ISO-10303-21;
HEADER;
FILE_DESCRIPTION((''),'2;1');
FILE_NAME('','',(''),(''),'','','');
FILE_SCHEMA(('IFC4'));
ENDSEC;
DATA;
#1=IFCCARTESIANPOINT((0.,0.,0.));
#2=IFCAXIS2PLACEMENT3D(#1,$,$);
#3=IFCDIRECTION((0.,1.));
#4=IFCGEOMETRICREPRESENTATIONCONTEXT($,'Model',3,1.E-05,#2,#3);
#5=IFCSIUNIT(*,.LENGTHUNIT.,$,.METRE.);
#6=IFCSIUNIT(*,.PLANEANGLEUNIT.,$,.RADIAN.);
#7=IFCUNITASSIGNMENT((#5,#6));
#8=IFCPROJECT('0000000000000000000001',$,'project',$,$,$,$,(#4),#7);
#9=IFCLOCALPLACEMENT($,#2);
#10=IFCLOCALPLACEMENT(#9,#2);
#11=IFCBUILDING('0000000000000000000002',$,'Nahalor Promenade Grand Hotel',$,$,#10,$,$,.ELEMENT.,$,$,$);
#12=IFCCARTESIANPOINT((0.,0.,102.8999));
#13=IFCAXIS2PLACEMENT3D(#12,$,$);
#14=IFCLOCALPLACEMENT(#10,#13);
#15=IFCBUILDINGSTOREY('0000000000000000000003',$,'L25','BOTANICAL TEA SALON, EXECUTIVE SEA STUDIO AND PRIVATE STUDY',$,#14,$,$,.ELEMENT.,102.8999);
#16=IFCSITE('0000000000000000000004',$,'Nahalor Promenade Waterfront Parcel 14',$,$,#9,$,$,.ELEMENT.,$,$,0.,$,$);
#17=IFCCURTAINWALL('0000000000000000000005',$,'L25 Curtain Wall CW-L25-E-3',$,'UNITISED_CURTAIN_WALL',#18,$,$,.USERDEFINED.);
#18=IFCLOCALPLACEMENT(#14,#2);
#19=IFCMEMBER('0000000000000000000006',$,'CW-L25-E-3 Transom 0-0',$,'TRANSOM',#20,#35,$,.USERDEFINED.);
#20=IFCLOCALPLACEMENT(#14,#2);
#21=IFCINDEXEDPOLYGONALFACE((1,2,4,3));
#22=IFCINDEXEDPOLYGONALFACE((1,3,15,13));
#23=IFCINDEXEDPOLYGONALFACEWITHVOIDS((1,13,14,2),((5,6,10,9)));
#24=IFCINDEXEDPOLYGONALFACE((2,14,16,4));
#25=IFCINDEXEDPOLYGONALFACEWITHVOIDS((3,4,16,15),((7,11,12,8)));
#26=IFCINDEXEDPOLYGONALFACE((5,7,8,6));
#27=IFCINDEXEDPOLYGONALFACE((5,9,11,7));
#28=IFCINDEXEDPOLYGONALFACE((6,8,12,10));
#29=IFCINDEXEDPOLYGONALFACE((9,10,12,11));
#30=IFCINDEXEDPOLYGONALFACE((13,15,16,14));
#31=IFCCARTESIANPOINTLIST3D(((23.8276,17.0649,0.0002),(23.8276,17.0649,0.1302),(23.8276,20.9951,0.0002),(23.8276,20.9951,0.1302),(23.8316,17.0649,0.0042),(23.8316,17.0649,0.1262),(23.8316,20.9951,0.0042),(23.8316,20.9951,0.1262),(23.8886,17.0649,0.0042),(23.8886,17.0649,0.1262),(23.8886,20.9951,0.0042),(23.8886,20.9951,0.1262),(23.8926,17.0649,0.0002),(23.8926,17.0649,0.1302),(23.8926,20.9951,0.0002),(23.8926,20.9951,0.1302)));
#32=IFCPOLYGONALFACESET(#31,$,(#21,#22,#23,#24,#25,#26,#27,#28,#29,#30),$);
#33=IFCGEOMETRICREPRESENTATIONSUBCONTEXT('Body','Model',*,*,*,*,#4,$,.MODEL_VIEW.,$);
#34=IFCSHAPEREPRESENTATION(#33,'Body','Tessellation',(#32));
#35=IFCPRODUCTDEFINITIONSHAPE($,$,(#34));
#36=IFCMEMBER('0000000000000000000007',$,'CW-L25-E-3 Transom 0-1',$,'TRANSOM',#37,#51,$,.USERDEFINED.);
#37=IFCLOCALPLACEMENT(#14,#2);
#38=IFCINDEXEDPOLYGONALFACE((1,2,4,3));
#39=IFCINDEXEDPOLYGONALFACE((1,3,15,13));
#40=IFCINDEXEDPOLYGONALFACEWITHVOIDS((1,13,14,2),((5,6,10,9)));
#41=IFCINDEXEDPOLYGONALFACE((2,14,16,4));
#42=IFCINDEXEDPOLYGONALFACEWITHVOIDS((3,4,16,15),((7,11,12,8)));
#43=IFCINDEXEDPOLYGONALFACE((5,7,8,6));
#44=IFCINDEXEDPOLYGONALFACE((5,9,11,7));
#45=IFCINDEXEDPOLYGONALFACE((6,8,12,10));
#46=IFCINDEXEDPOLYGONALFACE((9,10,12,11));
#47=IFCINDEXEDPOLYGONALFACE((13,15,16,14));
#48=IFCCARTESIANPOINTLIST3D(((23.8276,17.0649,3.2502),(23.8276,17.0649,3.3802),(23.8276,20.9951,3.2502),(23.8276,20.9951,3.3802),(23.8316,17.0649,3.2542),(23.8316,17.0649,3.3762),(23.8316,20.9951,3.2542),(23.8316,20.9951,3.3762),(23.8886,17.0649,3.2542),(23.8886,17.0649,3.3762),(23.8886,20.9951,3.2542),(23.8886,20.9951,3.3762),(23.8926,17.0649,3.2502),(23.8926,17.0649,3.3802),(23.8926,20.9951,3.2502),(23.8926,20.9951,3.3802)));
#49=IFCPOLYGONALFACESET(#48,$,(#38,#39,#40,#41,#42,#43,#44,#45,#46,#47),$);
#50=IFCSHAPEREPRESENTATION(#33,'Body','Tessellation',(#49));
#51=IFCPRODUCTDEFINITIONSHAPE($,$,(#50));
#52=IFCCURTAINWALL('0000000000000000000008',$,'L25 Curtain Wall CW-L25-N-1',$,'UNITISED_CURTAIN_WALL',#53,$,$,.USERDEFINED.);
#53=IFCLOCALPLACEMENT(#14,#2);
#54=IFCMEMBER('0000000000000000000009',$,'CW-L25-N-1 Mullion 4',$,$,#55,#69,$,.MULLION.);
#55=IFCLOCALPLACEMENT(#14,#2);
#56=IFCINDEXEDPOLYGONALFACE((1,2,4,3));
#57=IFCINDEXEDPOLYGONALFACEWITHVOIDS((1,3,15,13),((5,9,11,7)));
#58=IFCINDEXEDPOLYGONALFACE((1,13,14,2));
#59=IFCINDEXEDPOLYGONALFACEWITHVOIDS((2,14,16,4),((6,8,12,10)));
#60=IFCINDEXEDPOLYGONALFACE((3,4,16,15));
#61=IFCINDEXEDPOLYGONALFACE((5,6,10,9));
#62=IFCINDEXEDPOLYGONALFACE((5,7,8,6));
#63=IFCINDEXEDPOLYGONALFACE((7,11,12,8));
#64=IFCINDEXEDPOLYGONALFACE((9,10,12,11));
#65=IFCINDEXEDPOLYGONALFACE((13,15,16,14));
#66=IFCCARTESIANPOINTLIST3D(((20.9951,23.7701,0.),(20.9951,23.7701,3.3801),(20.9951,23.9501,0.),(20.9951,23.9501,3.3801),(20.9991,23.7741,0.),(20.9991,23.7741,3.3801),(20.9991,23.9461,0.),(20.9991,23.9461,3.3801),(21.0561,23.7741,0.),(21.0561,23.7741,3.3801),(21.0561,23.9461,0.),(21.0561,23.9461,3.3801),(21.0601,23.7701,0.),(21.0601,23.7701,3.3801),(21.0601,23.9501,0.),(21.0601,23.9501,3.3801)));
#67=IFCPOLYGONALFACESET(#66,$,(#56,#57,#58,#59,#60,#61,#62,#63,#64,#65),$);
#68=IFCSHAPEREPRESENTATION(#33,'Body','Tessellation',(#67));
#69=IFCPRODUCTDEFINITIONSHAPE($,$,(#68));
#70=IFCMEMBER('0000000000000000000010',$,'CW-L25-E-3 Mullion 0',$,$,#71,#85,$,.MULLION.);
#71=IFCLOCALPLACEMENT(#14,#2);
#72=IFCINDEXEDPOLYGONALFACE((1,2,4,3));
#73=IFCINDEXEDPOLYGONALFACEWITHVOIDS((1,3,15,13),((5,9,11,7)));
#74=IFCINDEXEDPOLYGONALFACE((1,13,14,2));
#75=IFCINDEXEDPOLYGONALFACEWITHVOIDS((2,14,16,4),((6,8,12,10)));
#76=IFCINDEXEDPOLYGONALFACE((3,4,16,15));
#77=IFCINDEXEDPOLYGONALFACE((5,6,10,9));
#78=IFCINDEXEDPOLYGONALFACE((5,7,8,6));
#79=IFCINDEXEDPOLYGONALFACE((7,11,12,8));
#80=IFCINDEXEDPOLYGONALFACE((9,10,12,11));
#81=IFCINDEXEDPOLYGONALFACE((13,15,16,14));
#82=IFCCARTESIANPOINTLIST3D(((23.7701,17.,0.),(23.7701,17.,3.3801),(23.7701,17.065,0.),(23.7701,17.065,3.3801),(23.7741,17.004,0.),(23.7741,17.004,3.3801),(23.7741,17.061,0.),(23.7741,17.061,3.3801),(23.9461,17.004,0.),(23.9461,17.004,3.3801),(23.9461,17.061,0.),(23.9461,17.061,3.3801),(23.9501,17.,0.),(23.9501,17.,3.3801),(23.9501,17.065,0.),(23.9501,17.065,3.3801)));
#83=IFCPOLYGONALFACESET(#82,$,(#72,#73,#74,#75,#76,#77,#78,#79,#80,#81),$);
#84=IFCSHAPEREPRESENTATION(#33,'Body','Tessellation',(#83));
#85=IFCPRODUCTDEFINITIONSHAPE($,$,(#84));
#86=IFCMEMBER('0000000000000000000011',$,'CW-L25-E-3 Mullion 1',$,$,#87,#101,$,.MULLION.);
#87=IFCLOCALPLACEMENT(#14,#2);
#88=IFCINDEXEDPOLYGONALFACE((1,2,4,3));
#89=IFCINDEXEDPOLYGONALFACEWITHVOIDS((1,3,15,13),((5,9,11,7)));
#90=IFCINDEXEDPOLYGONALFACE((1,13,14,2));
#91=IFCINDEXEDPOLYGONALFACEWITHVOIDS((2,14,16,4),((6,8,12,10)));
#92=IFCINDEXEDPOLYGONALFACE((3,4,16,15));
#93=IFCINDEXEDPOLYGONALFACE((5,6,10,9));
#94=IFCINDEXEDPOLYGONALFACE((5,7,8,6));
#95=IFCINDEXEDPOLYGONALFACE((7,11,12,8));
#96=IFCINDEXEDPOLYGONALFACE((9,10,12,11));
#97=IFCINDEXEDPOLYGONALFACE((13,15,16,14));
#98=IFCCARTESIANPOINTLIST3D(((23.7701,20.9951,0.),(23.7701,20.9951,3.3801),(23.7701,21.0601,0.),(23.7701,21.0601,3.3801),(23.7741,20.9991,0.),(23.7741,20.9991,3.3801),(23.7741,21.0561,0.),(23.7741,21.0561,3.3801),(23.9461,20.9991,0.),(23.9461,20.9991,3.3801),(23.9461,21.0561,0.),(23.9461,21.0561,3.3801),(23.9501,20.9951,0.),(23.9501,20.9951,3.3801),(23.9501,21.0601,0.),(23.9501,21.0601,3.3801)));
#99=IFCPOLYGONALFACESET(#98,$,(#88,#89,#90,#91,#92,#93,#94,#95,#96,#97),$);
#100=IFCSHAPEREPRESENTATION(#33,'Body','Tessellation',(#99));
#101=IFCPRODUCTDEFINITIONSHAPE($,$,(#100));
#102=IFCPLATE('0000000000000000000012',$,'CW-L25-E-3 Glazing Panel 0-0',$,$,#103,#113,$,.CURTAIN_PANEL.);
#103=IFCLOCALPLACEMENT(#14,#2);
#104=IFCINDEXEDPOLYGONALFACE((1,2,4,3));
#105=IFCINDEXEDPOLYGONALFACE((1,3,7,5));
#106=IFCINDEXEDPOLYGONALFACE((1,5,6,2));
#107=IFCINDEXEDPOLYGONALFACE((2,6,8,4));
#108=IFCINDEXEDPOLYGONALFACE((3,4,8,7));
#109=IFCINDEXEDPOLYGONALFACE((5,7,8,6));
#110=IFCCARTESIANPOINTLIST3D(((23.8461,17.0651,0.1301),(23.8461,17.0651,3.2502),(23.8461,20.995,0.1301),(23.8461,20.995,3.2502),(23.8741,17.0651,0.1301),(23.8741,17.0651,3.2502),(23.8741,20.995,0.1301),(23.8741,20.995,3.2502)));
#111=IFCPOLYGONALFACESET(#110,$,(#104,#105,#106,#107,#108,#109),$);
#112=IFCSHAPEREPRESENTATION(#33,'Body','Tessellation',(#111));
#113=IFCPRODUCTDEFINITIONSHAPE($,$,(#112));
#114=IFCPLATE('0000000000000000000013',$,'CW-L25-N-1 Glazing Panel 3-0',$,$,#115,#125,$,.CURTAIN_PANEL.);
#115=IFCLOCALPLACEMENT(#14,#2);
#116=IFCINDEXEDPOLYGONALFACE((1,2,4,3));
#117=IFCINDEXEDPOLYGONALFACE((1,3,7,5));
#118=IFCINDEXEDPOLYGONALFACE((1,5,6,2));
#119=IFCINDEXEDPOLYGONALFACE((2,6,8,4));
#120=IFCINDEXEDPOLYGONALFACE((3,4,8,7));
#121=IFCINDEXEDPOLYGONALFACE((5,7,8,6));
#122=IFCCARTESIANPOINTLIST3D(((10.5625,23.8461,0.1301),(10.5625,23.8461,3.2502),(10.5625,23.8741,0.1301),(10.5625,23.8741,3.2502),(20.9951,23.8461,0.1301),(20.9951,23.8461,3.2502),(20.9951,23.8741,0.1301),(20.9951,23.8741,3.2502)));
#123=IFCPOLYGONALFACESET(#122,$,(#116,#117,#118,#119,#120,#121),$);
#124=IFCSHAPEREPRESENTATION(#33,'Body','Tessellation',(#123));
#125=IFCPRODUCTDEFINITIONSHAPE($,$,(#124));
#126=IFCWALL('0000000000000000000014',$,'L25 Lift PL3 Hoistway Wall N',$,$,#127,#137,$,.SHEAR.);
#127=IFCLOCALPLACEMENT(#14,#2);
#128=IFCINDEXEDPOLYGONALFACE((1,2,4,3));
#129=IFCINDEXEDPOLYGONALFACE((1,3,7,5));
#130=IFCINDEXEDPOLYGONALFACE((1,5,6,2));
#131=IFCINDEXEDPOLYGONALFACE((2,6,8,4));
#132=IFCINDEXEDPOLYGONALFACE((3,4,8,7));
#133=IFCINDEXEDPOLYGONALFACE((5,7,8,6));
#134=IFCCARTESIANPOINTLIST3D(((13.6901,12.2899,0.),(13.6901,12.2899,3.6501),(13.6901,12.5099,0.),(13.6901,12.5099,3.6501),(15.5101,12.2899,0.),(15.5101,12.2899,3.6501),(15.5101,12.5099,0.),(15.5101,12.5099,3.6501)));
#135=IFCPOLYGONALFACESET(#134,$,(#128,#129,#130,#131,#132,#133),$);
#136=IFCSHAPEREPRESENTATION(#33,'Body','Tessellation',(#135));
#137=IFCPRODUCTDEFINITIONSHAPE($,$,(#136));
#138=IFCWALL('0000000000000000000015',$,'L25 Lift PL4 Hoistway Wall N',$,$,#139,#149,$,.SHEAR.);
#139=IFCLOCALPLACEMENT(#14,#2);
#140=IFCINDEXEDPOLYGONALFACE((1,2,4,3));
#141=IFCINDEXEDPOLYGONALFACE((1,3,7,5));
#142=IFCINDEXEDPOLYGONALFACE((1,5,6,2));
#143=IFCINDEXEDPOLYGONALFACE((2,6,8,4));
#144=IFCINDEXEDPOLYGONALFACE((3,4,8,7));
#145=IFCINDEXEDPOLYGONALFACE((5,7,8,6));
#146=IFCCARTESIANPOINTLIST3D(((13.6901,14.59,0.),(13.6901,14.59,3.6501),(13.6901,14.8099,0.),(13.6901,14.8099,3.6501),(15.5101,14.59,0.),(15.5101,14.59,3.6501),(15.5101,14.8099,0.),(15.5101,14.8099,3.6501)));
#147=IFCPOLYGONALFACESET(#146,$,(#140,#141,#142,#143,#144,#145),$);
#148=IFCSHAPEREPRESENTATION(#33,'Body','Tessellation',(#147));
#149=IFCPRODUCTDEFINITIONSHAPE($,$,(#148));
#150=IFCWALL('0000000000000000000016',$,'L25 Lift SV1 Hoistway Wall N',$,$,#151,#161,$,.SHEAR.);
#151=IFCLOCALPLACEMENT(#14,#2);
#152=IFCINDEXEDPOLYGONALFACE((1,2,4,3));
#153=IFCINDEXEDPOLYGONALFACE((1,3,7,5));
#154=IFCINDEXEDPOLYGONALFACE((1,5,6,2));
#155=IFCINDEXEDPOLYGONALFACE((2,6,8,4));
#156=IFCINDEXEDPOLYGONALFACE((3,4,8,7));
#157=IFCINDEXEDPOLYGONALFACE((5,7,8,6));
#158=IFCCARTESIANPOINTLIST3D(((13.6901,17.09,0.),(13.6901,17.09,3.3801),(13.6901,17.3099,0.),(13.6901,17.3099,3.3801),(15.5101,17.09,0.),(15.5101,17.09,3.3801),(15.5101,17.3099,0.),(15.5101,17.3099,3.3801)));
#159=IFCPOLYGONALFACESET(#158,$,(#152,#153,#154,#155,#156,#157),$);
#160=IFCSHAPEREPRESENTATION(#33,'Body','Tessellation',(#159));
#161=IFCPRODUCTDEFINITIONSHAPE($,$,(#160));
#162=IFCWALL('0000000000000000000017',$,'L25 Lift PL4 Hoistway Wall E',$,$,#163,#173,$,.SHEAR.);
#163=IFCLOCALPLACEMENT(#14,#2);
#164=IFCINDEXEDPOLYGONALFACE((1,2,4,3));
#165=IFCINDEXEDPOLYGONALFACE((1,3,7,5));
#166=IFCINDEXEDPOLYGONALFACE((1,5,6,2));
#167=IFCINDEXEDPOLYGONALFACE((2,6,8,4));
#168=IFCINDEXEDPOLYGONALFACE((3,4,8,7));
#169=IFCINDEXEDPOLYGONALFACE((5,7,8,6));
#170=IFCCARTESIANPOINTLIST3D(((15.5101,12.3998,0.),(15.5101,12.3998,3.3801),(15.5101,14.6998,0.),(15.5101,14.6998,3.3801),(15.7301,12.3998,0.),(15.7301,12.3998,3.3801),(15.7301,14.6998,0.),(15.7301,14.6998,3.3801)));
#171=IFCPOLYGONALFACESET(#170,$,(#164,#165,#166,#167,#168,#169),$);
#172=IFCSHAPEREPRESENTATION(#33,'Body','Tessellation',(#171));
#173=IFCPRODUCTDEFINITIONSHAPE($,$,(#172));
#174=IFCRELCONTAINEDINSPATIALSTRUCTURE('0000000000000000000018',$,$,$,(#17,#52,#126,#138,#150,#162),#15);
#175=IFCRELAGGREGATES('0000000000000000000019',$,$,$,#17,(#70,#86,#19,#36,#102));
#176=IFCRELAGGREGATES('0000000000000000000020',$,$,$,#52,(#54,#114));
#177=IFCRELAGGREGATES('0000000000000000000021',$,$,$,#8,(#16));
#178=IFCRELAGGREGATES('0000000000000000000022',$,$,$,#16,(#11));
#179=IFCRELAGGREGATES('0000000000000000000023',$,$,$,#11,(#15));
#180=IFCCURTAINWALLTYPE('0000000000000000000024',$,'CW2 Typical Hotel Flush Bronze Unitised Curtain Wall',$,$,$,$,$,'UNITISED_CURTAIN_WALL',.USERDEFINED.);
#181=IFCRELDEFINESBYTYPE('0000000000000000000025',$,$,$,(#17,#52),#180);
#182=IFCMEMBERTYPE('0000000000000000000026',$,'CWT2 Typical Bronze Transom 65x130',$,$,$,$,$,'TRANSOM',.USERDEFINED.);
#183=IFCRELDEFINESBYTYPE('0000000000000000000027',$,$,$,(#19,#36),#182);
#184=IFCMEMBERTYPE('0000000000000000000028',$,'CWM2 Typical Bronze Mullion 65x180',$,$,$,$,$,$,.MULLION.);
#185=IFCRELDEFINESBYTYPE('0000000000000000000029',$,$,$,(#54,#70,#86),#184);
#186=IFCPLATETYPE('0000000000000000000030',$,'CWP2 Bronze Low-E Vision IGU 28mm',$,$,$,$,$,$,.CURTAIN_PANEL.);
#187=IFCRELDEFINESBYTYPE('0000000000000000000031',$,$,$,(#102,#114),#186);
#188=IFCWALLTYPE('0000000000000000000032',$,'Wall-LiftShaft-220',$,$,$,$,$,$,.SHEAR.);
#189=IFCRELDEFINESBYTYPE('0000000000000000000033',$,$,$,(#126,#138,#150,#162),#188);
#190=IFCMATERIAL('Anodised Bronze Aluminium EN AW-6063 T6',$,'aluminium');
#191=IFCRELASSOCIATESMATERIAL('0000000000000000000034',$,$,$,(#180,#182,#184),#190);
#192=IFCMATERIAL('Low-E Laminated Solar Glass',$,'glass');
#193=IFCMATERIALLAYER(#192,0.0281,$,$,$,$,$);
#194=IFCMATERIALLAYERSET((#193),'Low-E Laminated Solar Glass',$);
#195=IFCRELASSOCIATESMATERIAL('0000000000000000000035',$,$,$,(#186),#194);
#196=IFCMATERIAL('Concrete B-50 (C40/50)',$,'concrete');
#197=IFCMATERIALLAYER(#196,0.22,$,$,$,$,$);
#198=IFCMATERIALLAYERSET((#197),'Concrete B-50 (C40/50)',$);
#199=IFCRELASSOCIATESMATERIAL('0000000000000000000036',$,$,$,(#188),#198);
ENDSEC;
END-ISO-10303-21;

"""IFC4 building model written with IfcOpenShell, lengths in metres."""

from ifc_helpers import new_model, si_unit, direction, frame, frame_2d, origin, origin_2d, place, context, subcontext, project, spatial, rectangle, hollow_rectangle, extrude, source, transform, mapped, material, layer, layer_set, material_profile, profile_set, type_object, element, aggregate, save


model = new_model("IFC4")

# Units and contexts
model_context = context("Model", 3, precision=1e-05, world=origin(), true_north=direction((0.0, 1.0)))
body_context = subcontext(model_context, "Body", "Model", "MODEL_VIEW")
ifc_project = project(units=[si_unit("LENGTHUNIT", "METRE"), si_unit("PLANEANGLEUNIT", "RADIAN")], contexts=[model_context])

# Site, building, storey
site_placement = place(None, origin())
site = spatial("IfcSite", under=ifc_project, at=site_placement, Name="Nahalor Promenade Waterfront Parcel 14", CompositionType="ELEMENT", RefElevation=0.0)
building_placement = place(site_placement, origin())
building = spatial("IfcBuilding", under=site, at=building_placement, Name="Nahalor Promenade Grand Hotel", CompositionType="ELEMENT")
storey_placement = place(building_placement, frame((0.0, 0.0, 102.8999)))
storey = spatial("IfcBuildingStorey", under=building, at=storey_placement, Name="L25", Description="BOTANICAL TEA SALON, EXECUTIVE SEA STUDIO AND PRIVATE STUDY", CompositionType="ELEMENT", Elevation=102.8999)

# Curtain wall, members
ifc_material_1 = material(Name="Anodised Bronze Aluminium EN AW-6063 T6", Category="aluminium")
curtain_wall_type = type_object("IfcCurtainWallType", Name="CW2 Typical Hotel Flush Bronze Unitised Curtain Wall", ElementType="UNITISED_CURTAIN_WALL", PredefinedType="USERDEFINED", material=ifc_material_1)
curtain_wall_1_placement = place(storey_placement, origin())
curtain_wall_1 = element("IfcCurtainWall", 1, at=curtain_wall_1_placement, inside=storey, type_object=curtain_wall_type, Name="L25 Curtain Wall CW-L25-E-3", ObjectType="UNITISED_CURTAIN_WALL", PredefinedType="USERDEFINED")
ifc_material_profile_1 = material_profile(ifc_material_1, hollow_rectangle(XDim=0.065, YDim=0.13, WallThickness=0.004, at=origin_2d()), Name="CWT 65x130x4")
ifc_profile_set_1 = profile_set([ifc_material_profile_1], Name="Anodised Bronze Aluminium EN AW-6063 T6")
member_type_1 = type_object("IfcMemberType", Name="CWT2 Typical Bronze Transom 65x130", ElementType="TRANSOM", PredefinedType="USERDEFINED", material=ifc_profile_set_1)
shared_shape_1 = source(origin(), body_context, "Body", "SweptSolid", [
    extrude(hollow_rectangle(XDim=0.065, YDim=0.13, WallThickness=0.004, at=origin_2d()), origin(), (0.0, 0.0, 1.0), 3.9302),
])
member_1_placement = place(storey_placement, frame((23.8601, 17.0649, 0.0652), z_axis=(0.0, 1.0, 0.0), x_axis=(-1.0, 0.0, 0.0)))
member_1 = element("IfcMember", 2, at=member_1_placement, type_object=member_type_1, Name="CW-L25-E-3 Transom 0-0", ObjectType="TRANSOM", PredefinedType="USERDEFINED", context=body_context, shape_type="MappedRepresentation", body=[
    mapped(shared_shape_1, transform((0.0, 0.0, 0.0), scale=1.0)),
])
member_2_placement = place(storey_placement, frame((23.8601, 17.0649, 3.3152), z_axis=(0.0, 1.0, 0.0), x_axis=(-1.0, 0.0, 0.0)))
member_2 = element("IfcMember", 3, at=member_2_placement, type_object=member_type_1, Name="CW-L25-E-3 Transom 0-1", ObjectType="TRANSOM", PredefinedType="USERDEFINED", context=body_context, shape_type="MappedRepresentation", body=[
    mapped(shared_shape_1, transform((0.0, 0.0, 0.0), scale=1.0)),
])

# Curtain wall, member
curtain_wall_2_placement = place(storey_placement, origin())
curtain_wall_2 = element("IfcCurtainWall", 4, at=curtain_wall_2_placement, inside=storey, type_object=curtain_wall_type, Name="L25 Curtain Wall CW-L25-N-1", ObjectType="UNITISED_CURTAIN_WALL", PredefinedType="USERDEFINED")
ifc_material_profile_2 = material_profile(ifc_material_1, hollow_rectangle(XDim=0.065, YDim=0.18, WallThickness=0.004, at=origin_2d()), Name="CWM 65x180x4")
ifc_profile_set_2 = profile_set([ifc_material_profile_2], Name="Anodised Bronze Aluminium EN AW-6063 T6")
member_type_2 = type_object("IfcMemberType", Name="CWM2 Typical Bronze Mullion 65x180", PredefinedType="MULLION", material=ifc_profile_set_2)
shared_shape_2 = source(origin(), body_context, "Body", "SweptSolid", [
    extrude(hollow_rectangle(XDim=0.065, YDim=0.18, WallThickness=0.004, at=origin_2d()), origin(), (0.0, 0.0, 1.0), 3.3801),
])
member_3_placement = place(storey_placement, frame((21.0276, 23.8601, 0.0), z_axis=(0.0, 0.0, 1.0), x_axis=(1.0, 0.0, 0.0)))
member_3 = element("IfcMember", 5, at=member_3_placement, type_object=member_type_2, Name="CW-L25-N-1 Mullion 4", PredefinedType="MULLION", context=body_context, shape_type="MappedRepresentation", body=[
    mapped(shared_shape_2, transform((0.0, 0.0, 0.0), scale=1.0)),
])

# Members
member_4_placement = place(storey_placement, frame((23.8601, 17.0325, 0.0), z_axis=(0.0, 0.0, 1.0), x_axis=(0.0, 1.0, 0.0)))
member_4 = element("IfcMember", 6, at=member_4_placement, type_object=member_type_2, Name="CW-L25-E-3 Mullion 0", PredefinedType="MULLION", context=body_context, shape_type="MappedRepresentation", body=[
    mapped(shared_shape_2, transform((0.0, 0.0, 0.0), scale=1.0)),
])
member_5_placement = place(storey_placement, frame((23.8601, 21.0276, 0.0), z_axis=(0.0, 0.0, 1.0), x_axis=(0.0, 1.0, 0.0)))
member_5 = element("IfcMember", 7, at=member_5_placement, type_object=member_type_2, Name="CW-L25-E-3 Mullion 1", PredefinedType="MULLION", context=body_context, shape_type="MappedRepresentation", body=[
    mapped(shared_shape_2, transform((0.0, 0.0, 0.0), scale=1.0)),
])

# Plates
ifc_material_2 = material(Name="Low-E Laminated Solar Glass", Category="glass")
ifc_layer_1 = layer(ifc_material_2, 0.0281)
ifc_layer_set_1 = layer_set([ifc_layer_1], Name="Low-E Laminated Solar Glass")
plate_type = type_object("IfcPlateType", Name="CWP2 Bronze Low-E Vision IGU 28mm", PredefinedType="CURTAIN_PANEL", material=ifc_layer_set_1)
shared_shape_3 = source(origin(), body_context, "Body", "SweptSolid", [
    extrude(rectangle(XDim=3.9299, YDim=0.0281, at=origin_2d()), origin(), (0.0, 0.0, 1.0), 3.1201),
])
plate_1_placement = place(storey_placement, frame((23.8601, 19.03, 0.1301), z_axis=(0.0, 0.0, 1.0), x_axis=(0.0, 1.0, 0.0)))
plate_1 = element("IfcPlate", 8, at=plate_1_placement, type_object=plate_type, Name="CW-L25-E-3 Glazing Panel 0-0", PredefinedType="CURTAIN_PANEL", context=body_context, shape_type="MappedRepresentation", body=[
    mapped(shared_shape_3, transform((0.0, 0.0, 0.0), scale=1.0)),
])
aggregate(curtain_wall_1, [member_4, member_5, member_1, member_2, plate_1])
shared_shape_4 = source(origin(), body_context, "Body", "SweptSolid", [
    extrude(rectangle(XDim=10.4326, YDim=0.0281, at=origin_2d()), origin(), (0.0, 0.0, 1.0), 3.1201),
])
plate_2_placement = place(storey_placement, frame((15.7788, 23.8601, 0.1301), z_axis=(0.0, 0.0, 1.0), x_axis=(1.0, 0.0, 0.0)))
plate_2 = element("IfcPlate", 9, at=plate_2_placement, type_object=plate_type, Name="CW-L25-N-1 Glazing Panel 3-0", PredefinedType="CURTAIN_PANEL", context=body_context, shape_type="MappedRepresentation", body=[
    mapped(shared_shape_4, transform((0.0, 0.0, 0.0), scale=1.0)),
])
aggregate(curtain_wall_2, [member_3, plate_2])

# Walls
ifc_material_3 = material(Name="Concrete B-50 (C40/50)", Category="concrete")
ifc_layer_2 = layer(ifc_material_3, 0.22)
ifc_layer_set_2 = layer_set([ifc_layer_2], Name="Concrete B-50 (C40/50)")
wall_type_1 = type_object("IfcWallType", Name="Wall-LiftShaft-220", PredefinedType="SHEAR", material=ifc_layer_set_2)
shared_shape_5 = source(origin(), body_context, "Body", "SweptSolid", [
    extrude(rectangle(XDim=1.8201, YDim=0.22, at=frame_2d((0.9102, 0.0))), origin(), (0.0, 0.0, 1.0), 3.6501),
])
for number, where, z_axis, x_axis, name in (
    (10, (13.6899, 12.3999, 0.0), (0.0, 0.0, 1.0), (1.0, 0.0, 0.0), "L25 Lift PL3 Hoistway Wall N"),
    (11, (13.6899, 14.7, 0.0), (0.0, 0.0, 1.0), (1.0, 0.0, 0.0), "L25 Lift PL4 Hoistway Wall N"),
):
    element("IfcWall", number, at=place(storey_placement, frame(where, z_axis=z_axis, x_axis=x_axis)), inside=storey, type_object=wall_type_1, Name=name, PredefinedType="SHEAR", context=body_context, shape_type="MappedRepresentation", body=[
        mapped(shared_shape_5, transform((0.0, 0.0, 0.0), scale=1.0)),
    ])
shared_shape_6 = source(origin(), body_context, "Body", "SweptSolid", [
    extrude(rectangle(XDim=1.8201, YDim=0.22, at=frame_2d((0.9102, 0.0))), origin(), (0.0, 0.0, 1.0), 3.3801),
])
wall_1_placement = place(storey_placement, frame((13.6899, 17.2, 0.0), z_axis=(0.0, 0.0, 1.0), x_axis=(1.0, 0.0, 0.0)))
element("IfcWall", 12, at=wall_1_placement, inside=storey, type_object=wall_type_1, Name="L25 Lift SV1 Hoistway Wall N", PredefinedType="SHEAR", context=body_context, shape_type="MappedRepresentation", body=[
    mapped(shared_shape_6, transform((0.0, 0.0, 0.0), scale=1.0)),
])
shared_shape_7 = source(origin(), body_context, "Body", "SweptSolid", [
    extrude(rectangle(XDim=2.3, YDim=0.22, at=frame_2d((1.1499, 0.0))), origin(), (0.0, 0.0, 1.0), 3.3801),
])
wall_2_placement = place(storey_placement, frame((15.6201, 12.3999, 0.0), z_axis=(0.0, 0.0, 1.0), x_axis=(0.0, 1.0, 0.0)))
element("IfcWall", 13, at=wall_2_placement, inside=storey, type_object=wall_type_1, Name="L25 Lift PL4 Hoistway Wall E", PredefinedType="SHEAR", context=body_context, shape_type="MappedRepresentation", body=[
    mapped(shared_shape_7, transform((0.0, 0.0, 0.0), scale=1.0)),
])

save(model, "model.ifc")
